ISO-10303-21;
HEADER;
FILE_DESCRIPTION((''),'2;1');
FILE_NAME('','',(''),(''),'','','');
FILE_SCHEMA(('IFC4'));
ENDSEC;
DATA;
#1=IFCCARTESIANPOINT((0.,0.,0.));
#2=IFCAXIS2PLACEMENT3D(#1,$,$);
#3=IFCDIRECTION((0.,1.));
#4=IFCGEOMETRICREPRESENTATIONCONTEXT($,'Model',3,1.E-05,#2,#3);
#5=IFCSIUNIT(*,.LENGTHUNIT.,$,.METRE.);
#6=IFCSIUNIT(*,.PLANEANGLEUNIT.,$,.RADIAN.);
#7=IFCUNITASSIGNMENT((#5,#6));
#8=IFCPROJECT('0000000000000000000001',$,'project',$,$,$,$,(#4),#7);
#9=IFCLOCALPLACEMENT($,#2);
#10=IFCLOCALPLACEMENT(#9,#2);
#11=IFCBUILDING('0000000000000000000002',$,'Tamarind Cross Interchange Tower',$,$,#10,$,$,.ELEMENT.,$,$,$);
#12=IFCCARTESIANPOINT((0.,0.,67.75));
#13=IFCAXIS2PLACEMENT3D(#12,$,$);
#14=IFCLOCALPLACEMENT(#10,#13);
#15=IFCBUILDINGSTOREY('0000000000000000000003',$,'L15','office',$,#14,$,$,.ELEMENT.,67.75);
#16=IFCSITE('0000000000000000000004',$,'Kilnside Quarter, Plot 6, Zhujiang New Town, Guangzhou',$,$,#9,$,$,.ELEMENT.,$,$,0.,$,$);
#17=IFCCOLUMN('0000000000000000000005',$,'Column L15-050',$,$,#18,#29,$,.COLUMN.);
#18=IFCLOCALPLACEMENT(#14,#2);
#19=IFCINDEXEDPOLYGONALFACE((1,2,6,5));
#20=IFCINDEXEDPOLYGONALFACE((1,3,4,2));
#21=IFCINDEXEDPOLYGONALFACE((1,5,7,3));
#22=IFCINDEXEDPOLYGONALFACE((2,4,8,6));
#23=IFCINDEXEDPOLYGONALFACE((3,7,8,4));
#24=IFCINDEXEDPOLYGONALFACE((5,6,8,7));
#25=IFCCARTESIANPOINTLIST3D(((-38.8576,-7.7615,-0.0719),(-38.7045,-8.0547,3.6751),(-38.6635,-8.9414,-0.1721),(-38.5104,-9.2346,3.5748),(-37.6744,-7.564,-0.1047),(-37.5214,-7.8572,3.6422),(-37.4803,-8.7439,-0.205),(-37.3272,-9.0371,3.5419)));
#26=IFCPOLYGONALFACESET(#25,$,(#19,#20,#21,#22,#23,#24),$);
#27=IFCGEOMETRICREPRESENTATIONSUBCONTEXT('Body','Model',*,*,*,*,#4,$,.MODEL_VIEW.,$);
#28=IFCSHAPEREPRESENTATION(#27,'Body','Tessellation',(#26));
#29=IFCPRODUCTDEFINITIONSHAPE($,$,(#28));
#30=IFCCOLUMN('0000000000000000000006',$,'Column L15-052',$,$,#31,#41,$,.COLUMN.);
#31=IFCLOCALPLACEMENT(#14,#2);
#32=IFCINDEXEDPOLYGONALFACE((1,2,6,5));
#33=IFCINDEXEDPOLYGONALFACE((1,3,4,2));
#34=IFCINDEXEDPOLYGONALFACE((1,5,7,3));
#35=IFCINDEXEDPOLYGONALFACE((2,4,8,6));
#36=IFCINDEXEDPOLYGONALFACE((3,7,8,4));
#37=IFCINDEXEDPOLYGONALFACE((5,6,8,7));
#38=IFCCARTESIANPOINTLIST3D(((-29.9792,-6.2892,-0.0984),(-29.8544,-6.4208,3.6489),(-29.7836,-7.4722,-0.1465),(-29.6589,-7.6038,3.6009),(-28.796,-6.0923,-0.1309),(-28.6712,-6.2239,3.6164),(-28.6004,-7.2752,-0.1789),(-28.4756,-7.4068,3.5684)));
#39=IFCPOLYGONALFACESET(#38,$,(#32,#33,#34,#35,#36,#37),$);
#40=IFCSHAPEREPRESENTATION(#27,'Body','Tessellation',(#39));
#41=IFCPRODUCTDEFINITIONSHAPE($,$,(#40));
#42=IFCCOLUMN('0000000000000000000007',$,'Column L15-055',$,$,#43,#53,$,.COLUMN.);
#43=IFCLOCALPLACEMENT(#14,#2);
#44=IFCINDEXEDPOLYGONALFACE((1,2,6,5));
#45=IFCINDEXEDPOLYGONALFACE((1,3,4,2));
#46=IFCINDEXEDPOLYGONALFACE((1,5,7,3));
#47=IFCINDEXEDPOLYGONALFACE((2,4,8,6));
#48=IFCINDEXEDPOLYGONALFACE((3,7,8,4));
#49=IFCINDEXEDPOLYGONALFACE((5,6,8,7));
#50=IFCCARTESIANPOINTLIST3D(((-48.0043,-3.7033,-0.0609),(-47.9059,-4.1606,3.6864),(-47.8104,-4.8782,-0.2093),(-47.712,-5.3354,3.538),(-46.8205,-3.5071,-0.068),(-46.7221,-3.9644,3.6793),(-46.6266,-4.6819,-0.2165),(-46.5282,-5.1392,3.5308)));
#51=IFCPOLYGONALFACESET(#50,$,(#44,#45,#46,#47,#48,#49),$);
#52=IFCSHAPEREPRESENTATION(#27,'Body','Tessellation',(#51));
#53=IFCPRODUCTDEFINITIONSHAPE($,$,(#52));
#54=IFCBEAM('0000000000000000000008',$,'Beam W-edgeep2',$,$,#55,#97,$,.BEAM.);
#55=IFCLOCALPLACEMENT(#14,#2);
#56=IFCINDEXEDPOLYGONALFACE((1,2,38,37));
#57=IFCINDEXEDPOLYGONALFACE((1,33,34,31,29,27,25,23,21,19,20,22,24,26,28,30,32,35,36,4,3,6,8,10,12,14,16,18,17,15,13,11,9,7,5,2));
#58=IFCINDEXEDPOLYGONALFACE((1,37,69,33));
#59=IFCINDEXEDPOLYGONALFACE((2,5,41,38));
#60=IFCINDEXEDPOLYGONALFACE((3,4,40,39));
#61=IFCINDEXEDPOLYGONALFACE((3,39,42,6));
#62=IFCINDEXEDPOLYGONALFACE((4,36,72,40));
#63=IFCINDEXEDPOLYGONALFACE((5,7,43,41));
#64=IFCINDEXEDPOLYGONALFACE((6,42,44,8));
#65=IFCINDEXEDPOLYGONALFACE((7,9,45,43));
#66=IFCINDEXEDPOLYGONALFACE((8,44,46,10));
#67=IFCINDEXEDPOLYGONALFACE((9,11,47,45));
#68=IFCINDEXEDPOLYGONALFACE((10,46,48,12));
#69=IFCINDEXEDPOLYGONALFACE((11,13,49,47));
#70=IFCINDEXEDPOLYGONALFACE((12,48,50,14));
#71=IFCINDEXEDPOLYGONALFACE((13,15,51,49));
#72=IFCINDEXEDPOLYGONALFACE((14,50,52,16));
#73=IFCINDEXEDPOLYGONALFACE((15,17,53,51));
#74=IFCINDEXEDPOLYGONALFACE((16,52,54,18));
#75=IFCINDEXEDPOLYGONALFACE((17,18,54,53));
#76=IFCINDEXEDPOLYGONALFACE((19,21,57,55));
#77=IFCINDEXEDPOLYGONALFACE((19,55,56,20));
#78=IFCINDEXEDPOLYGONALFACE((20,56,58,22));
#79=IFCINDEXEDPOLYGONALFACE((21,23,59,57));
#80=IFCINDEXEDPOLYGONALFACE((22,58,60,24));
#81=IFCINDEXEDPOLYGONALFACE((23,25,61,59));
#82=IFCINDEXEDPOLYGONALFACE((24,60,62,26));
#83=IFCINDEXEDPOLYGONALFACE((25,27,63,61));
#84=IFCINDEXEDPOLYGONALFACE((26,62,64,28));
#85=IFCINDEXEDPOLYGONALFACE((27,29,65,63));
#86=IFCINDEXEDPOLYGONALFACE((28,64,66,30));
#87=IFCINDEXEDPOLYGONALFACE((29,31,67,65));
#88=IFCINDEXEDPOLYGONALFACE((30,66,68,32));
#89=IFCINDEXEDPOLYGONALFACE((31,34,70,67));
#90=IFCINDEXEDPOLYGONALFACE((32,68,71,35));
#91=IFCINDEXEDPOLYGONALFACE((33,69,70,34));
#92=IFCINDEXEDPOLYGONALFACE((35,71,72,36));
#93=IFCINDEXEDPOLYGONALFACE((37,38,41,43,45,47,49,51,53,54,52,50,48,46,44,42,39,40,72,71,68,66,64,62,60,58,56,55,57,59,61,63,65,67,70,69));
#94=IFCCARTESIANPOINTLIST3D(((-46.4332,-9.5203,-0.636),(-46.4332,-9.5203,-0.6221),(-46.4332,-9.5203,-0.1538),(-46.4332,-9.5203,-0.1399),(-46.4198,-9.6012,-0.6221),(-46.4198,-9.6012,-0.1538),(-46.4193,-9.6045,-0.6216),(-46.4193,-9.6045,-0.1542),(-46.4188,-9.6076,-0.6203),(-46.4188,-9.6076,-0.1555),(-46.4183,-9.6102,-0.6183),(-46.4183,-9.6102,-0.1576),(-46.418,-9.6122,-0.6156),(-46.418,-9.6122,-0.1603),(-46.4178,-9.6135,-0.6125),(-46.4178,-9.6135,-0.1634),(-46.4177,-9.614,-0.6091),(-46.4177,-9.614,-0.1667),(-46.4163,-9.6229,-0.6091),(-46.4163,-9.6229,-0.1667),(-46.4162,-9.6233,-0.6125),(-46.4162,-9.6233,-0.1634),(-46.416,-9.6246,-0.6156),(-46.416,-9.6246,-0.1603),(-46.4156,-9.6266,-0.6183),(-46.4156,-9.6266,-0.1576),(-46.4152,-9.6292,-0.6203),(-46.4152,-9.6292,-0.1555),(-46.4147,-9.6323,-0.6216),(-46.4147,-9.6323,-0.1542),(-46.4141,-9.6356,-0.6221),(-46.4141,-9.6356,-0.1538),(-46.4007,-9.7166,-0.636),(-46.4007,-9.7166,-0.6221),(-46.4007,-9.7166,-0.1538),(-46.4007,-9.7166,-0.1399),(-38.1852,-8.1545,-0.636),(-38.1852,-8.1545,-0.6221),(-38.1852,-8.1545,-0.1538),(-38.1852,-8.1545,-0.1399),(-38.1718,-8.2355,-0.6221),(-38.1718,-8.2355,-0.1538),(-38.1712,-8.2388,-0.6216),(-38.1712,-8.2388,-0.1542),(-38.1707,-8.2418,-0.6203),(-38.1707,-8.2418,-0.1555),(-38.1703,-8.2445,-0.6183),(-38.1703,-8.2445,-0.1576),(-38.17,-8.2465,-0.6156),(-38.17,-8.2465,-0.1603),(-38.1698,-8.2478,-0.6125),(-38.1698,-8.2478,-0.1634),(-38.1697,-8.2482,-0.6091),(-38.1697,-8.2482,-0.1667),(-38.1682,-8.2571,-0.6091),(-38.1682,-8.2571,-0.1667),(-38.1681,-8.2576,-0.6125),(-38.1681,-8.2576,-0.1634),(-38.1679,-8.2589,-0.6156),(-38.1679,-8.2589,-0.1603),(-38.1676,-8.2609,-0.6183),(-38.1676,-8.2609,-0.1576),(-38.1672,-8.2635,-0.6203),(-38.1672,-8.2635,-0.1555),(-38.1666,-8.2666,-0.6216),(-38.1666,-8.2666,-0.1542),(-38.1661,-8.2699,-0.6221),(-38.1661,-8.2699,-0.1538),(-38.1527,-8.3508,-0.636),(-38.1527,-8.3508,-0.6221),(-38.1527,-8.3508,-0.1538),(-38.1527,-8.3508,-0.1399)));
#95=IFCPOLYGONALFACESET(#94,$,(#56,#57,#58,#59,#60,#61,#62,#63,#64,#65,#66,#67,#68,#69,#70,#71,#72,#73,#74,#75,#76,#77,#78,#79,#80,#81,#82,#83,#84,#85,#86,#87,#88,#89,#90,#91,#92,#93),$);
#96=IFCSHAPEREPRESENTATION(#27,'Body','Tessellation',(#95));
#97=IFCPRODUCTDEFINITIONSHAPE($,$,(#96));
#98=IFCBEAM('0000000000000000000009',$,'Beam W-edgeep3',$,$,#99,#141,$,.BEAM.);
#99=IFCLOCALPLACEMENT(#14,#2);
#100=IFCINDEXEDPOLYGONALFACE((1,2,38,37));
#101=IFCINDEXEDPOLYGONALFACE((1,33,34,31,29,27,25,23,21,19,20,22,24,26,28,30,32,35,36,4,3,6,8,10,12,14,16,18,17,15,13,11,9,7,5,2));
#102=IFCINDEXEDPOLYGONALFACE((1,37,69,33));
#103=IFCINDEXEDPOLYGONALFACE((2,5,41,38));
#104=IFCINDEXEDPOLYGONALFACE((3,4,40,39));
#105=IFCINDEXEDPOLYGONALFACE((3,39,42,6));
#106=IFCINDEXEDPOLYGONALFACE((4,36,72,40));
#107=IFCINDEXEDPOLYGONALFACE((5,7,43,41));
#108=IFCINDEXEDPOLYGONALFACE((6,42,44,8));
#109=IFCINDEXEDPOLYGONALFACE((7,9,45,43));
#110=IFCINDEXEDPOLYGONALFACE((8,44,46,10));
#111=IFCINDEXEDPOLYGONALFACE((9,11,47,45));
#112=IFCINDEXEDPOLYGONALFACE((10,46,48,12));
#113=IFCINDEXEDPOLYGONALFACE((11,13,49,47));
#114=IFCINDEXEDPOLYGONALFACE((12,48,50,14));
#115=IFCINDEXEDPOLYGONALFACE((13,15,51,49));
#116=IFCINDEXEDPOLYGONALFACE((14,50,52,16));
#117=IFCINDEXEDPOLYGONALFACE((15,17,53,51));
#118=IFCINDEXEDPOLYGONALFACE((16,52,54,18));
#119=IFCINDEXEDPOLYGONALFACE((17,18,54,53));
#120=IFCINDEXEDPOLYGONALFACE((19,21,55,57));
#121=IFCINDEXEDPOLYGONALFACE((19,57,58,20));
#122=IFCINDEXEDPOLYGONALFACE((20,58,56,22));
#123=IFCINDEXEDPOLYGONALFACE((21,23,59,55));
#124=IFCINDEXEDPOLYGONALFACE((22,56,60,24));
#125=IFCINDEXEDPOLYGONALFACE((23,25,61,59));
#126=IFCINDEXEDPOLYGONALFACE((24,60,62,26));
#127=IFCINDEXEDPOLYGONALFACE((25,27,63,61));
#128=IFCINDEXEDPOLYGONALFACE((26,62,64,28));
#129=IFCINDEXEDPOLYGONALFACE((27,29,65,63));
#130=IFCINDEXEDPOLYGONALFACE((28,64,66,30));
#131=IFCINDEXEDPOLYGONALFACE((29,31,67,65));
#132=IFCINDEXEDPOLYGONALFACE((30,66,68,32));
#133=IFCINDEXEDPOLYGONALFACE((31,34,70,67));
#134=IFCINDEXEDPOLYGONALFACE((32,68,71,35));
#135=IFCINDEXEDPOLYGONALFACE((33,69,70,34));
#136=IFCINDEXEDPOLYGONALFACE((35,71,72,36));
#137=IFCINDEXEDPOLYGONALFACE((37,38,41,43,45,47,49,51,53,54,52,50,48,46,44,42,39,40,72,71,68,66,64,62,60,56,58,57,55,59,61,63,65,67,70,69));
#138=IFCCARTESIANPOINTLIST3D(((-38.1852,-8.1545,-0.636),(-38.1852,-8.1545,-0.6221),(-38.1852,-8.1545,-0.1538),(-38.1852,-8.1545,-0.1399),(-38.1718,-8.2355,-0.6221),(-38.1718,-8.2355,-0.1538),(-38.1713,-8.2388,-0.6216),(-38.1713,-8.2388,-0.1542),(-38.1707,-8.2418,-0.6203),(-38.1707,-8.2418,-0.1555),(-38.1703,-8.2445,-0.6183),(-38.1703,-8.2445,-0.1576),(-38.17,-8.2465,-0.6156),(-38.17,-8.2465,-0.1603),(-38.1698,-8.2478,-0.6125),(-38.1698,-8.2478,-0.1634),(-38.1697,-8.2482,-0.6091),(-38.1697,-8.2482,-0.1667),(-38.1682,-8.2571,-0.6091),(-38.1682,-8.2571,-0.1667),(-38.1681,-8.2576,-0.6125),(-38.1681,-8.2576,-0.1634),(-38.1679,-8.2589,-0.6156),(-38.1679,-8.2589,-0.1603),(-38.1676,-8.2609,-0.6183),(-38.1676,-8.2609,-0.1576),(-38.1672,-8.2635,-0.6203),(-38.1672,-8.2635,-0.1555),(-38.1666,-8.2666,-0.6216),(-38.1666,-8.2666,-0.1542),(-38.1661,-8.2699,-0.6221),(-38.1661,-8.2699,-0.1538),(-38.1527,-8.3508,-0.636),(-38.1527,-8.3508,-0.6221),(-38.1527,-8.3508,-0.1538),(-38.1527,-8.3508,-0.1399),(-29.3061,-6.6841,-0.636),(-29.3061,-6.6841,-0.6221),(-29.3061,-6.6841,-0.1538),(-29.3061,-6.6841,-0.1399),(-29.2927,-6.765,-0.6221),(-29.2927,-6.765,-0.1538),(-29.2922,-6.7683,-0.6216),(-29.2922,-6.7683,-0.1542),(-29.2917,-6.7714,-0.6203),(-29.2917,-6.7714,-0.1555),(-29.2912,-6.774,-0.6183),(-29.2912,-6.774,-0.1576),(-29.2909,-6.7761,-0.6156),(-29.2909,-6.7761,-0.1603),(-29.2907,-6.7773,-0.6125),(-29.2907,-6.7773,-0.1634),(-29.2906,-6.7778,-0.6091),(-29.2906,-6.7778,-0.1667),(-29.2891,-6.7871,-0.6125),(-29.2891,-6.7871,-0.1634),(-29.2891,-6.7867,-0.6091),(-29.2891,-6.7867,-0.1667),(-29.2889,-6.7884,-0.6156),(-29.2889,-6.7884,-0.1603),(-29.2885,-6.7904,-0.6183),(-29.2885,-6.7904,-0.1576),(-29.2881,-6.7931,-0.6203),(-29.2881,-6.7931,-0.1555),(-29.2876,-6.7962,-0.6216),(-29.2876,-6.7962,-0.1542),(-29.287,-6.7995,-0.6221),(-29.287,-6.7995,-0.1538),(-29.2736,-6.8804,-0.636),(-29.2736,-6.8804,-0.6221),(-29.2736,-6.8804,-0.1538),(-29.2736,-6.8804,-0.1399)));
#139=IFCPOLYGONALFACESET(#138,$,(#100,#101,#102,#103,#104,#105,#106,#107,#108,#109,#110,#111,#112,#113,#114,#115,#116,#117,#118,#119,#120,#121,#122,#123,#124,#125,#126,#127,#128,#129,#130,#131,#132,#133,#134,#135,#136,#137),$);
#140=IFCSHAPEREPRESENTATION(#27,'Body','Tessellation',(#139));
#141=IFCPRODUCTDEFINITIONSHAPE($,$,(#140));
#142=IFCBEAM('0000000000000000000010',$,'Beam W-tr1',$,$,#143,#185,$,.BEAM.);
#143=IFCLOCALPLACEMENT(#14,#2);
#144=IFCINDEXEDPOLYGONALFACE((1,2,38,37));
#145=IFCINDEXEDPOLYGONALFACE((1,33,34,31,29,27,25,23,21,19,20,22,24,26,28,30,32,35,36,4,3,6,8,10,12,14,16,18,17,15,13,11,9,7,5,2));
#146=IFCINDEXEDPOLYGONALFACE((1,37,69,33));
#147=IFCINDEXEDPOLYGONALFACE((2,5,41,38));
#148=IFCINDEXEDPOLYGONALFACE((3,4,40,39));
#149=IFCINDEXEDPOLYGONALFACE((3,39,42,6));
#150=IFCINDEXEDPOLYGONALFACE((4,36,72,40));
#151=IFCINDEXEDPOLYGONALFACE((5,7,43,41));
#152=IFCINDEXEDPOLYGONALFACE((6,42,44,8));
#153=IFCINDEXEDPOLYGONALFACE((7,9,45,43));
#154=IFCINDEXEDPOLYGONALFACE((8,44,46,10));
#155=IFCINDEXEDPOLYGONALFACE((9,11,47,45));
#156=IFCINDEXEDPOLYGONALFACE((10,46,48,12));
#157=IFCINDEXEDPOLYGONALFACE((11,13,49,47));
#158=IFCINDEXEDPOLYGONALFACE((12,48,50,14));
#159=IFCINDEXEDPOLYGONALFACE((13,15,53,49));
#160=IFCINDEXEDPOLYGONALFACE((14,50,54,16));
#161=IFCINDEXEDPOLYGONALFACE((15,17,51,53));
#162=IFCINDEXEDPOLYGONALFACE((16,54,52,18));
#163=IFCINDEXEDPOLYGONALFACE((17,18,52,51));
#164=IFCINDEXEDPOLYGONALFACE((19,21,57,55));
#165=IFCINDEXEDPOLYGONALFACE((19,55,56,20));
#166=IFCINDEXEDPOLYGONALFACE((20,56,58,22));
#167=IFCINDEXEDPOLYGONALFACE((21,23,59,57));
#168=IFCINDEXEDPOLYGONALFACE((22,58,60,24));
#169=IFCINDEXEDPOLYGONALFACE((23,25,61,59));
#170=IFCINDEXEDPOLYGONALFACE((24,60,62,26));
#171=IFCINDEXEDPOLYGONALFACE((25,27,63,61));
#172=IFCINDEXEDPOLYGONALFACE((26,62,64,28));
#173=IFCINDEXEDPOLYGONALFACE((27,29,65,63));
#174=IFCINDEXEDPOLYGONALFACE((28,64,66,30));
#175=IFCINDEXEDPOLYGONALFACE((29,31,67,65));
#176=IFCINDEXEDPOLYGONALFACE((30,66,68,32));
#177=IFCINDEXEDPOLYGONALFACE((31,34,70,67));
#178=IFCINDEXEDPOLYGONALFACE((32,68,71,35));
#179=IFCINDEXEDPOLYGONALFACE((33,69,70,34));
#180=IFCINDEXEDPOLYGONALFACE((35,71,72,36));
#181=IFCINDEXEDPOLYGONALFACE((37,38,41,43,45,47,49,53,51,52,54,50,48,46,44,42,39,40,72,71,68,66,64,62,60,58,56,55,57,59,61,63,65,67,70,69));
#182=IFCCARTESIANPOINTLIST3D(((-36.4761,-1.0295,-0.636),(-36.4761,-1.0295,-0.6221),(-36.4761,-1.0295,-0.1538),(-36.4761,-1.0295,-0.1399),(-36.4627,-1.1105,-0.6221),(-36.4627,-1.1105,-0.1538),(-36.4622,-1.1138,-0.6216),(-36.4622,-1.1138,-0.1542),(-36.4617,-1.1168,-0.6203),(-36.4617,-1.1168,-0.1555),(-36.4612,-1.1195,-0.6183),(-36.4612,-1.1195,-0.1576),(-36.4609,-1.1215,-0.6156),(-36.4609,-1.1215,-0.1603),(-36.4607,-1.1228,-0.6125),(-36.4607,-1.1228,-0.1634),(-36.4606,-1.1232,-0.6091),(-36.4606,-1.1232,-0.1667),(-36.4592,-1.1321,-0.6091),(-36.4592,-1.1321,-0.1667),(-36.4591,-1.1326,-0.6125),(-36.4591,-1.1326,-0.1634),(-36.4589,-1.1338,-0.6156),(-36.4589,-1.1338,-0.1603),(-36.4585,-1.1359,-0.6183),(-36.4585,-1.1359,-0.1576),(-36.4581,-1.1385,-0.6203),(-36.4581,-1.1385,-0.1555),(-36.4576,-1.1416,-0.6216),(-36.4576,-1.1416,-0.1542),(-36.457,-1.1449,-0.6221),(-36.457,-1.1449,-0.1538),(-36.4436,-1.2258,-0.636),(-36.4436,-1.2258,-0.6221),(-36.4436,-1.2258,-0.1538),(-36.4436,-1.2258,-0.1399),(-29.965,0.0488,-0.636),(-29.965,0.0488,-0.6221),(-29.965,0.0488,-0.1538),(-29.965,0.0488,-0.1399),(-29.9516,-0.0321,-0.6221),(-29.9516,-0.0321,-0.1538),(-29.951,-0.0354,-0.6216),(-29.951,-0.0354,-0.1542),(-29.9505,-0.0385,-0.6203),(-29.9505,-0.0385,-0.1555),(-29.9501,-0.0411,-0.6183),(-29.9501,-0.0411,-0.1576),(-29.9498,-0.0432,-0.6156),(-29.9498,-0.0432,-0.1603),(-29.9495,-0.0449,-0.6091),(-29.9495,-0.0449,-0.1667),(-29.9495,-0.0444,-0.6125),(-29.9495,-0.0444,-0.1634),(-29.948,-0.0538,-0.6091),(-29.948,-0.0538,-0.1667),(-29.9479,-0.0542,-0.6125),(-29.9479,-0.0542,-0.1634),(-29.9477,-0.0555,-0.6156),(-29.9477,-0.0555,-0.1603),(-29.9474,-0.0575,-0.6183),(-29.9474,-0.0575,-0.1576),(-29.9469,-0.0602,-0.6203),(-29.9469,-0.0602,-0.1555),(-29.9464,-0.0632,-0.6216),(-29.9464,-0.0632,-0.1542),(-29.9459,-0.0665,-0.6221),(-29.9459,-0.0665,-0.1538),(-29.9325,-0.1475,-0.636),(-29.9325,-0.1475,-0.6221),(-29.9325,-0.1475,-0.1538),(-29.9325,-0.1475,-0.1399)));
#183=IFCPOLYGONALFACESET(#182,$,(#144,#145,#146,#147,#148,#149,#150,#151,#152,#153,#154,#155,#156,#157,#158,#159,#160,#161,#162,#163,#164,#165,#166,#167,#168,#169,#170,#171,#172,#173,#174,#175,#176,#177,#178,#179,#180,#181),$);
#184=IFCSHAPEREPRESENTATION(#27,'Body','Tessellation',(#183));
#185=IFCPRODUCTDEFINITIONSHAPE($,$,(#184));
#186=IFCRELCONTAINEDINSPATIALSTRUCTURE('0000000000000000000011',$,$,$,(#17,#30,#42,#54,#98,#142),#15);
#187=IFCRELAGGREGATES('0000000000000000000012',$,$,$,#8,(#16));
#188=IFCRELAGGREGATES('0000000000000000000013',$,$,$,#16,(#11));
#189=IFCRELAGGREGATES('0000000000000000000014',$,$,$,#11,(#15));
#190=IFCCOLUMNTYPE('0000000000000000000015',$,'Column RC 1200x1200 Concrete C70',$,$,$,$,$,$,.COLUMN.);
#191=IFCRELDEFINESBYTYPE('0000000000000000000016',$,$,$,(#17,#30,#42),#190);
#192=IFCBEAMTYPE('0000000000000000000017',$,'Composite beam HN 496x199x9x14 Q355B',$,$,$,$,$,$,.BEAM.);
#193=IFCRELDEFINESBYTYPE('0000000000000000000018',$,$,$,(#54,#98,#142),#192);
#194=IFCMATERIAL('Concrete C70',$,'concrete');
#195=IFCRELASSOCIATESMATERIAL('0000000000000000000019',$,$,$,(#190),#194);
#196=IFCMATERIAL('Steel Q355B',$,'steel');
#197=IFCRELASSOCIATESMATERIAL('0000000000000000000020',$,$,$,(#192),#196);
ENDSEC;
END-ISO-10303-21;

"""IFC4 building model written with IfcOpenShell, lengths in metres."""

from ifc_helpers import new_model, si_unit, direction, frame, origin, origin_2d, place, context, subcontext, project, spatial, rectangle, i_section, extrude, material, material_profile, profile_set, type_object, element, save


model = new_model("IFC4")

# Units and contexts
model_context = context("Model", 3, precision=1e-05, world=origin(), true_north=direction((0.0, 1.0)))
body_context = subcontext(model_context, "Body", "Model", "MODEL_VIEW")
ifc_project = project(units=[si_unit("LENGTHUNIT", "METRE"), si_unit("PLANEANGLEUNIT", "RADIAN")], contexts=[model_context])

# Site, building, storey
site_placement = place(None, origin())
site = spatial("IfcSite", under=ifc_project, at=site_placement, Name="Kilnside Quarter, Plot 6, Zhujiang New Town, Guangzhou", CompositionType="ELEMENT", RefElevation=0.0)
building_placement = place(site_placement, origin())
building = spatial("IfcBuilding", under=site, at=building_placement, Name="Tamarind Cross Interchange Tower", CompositionType="ELEMENT")
storey_placement = place(building_placement, frame((0.0, 0.0, 67.75)))
storey = spatial("IfcBuildingStorey", under=building, at=storey_placement, Name="L15", Description="office", CompositionType="ELEMENT", Elevation=67.75)

# Columns
ifc_material_1 = material(Name="Concrete C70", Category="concrete")
ifc_material_profile_1 = material_profile(ifc_material_1, rectangle(XDim=1.2, YDim=1.2, at=origin_2d()), Name="RC 1200x1200")
ifc_profile_set_1 = profile_set([ifc_material_profile_1], Name="Concrete C70")
column_type = type_object("IfcColumnType", Name="Column RC 1200x1200 Concrete C70", PredefinedType="COLUMN", material=ifc_profile_set_1)
column_1_placement = place(storey_placement, frame((-38.1689, -8.2527, -0.1384), z_axis=(0.040697, -0.077953, 0.996126), x_axis=(-0.161771, 0.983284, 0.083557)))
element("IfcColumn", 1, at=column_1_placement, inside=storey, type_object=column_type, Name="Column L15-050", PredefinedType="COLUMN", context=body_context, shape_type="SweptSolid", body=[
    extrude(rectangle(XDim=1.2, YDim=1.2, at=origin_2d()), origin(), (0.0, 0.0, 1.0), 3.7615),
])
column_2_placement = place(storey_placement, frame((-29.2898, -6.7822, -0.1387), z_axis=(0.033253, -0.035075, 0.998831), x_axis=(-0.162997, 0.985814, 0.040045)))
element("IfcColumn", 2, at=column_2_placement, inside=storey, type_object=column_type, Name="Column L15-052", PredefinedType="COLUMN", context=body_context, shape_type="SweptSolid", body=[
    extrude(rectangle(XDim=1.2, YDim=1.2, at=origin_2d()), origin(), (0.0, 0.0, 1.0), 3.7517),
])
column_3_placement = place(storey_placement, frame((-47.3154, -4.1926, -0.1387), z_axis=(0.026054, -0.121088, 0.9923), x_axis=(-0.161569, 0.979076, 0.123716)))
element("IfcColumn", 3, at=column_3_placement, inside=storey, type_object=column_type, Name="Column L15-055", PredefinedType="COLUMN", context=body_context, shape_type="SweptSolid", body=[
    extrude(rectangle(XDim=1.2, YDim=1.2, at=origin_2d()), origin(), (0.0, 0.0, 1.0), 3.7764),
])

# Beams
ifc_material_2 = material(Name="Steel Q355B", Category="steel")
ifc_material_profile_2 = material_profile(ifc_material_2, i_section(OverallWidth=0.199, OverallDepth=0.4961, WebThickness=0.009, FlangeThickness=0.0139, FilletRadius=0.0129, at=origin_2d()), Name="HN 496x199x9x14")
ifc_profile_set_2 = profile_set([ifc_material_profile_2], Name="Steel Q355B")
beam_type_1 = type_object("IfcBeamType", Name="Composite beam HN 496x199x9x14 Q355B", PredefinedType="BEAM", material=ifc_profile_set_2)
beam_1_placement = place(storey_placement, frame((-46.417, -9.6184, -0.3879), z_axis=(0.986567, 0.163357, 0.0), x_axis=(-0.163357, 0.986567, 0.0)))
element("IfcBeam", 4, at=beam_1_placement, inside=storey, type_object=beam_type_1, Name="Beam W-edgeep2", PredefinedType="BEAM", context=body_context, shape_type="SweptSolid", body=[
    extrude(i_section(OverallWidth=0.199, OverallDepth=0.4961, WebThickness=0.009, FlangeThickness=0.0139, FilletRadius=0.0129, at=origin_2d()), origin(), (0.0, 0.0, 1.0), 8.3604),
])
beam_2_placement = place(storey_placement, frame((-38.1689, -8.2527, -0.3879), z_axis=(0.986563, 0.163383, 0.0), x_axis=(-0.163383, 0.986563, 0.0)))
element("IfcBeam", 5, at=beam_2_placement, inside=storey, type_object=beam_type_1, Name="Beam W-edgeep3", PredefinedType="BEAM", context=body_context, shape_type="SweptSolid", body=[
    extrude(i_section(OverallWidth=0.199, OverallDepth=0.4961, WebThickness=0.009, FlangeThickness=0.0139, FilletRadius=0.0129, at=origin_2d()), origin(), (0.0, 0.0, 1.0), 9.0),
])
beam_3_placement = place(storey_placement, frame((-29.9487, -0.0493, -0.3879), z_axis=(-0.986561, -0.163391, 0.0), x_axis=(0.163391, -0.986561, 0.0)))
element("IfcBeam", 6, at=beam_3_placement, inside=storey, type_object=beam_type_1, Name="Beam W-tr1", PredefinedType="BEAM", context=body_context, shape_type="SweptSolid", body=[
    extrude(i_section(OverallWidth=0.199, OverallDepth=0.4961, WebThickness=0.009, FlangeThickness=0.0139, FilletRadius=0.0129, at=origin_2d()), origin(), (0.0, 0.0, 1.0), 6.5999),
])

save(model, "model.ifc")
